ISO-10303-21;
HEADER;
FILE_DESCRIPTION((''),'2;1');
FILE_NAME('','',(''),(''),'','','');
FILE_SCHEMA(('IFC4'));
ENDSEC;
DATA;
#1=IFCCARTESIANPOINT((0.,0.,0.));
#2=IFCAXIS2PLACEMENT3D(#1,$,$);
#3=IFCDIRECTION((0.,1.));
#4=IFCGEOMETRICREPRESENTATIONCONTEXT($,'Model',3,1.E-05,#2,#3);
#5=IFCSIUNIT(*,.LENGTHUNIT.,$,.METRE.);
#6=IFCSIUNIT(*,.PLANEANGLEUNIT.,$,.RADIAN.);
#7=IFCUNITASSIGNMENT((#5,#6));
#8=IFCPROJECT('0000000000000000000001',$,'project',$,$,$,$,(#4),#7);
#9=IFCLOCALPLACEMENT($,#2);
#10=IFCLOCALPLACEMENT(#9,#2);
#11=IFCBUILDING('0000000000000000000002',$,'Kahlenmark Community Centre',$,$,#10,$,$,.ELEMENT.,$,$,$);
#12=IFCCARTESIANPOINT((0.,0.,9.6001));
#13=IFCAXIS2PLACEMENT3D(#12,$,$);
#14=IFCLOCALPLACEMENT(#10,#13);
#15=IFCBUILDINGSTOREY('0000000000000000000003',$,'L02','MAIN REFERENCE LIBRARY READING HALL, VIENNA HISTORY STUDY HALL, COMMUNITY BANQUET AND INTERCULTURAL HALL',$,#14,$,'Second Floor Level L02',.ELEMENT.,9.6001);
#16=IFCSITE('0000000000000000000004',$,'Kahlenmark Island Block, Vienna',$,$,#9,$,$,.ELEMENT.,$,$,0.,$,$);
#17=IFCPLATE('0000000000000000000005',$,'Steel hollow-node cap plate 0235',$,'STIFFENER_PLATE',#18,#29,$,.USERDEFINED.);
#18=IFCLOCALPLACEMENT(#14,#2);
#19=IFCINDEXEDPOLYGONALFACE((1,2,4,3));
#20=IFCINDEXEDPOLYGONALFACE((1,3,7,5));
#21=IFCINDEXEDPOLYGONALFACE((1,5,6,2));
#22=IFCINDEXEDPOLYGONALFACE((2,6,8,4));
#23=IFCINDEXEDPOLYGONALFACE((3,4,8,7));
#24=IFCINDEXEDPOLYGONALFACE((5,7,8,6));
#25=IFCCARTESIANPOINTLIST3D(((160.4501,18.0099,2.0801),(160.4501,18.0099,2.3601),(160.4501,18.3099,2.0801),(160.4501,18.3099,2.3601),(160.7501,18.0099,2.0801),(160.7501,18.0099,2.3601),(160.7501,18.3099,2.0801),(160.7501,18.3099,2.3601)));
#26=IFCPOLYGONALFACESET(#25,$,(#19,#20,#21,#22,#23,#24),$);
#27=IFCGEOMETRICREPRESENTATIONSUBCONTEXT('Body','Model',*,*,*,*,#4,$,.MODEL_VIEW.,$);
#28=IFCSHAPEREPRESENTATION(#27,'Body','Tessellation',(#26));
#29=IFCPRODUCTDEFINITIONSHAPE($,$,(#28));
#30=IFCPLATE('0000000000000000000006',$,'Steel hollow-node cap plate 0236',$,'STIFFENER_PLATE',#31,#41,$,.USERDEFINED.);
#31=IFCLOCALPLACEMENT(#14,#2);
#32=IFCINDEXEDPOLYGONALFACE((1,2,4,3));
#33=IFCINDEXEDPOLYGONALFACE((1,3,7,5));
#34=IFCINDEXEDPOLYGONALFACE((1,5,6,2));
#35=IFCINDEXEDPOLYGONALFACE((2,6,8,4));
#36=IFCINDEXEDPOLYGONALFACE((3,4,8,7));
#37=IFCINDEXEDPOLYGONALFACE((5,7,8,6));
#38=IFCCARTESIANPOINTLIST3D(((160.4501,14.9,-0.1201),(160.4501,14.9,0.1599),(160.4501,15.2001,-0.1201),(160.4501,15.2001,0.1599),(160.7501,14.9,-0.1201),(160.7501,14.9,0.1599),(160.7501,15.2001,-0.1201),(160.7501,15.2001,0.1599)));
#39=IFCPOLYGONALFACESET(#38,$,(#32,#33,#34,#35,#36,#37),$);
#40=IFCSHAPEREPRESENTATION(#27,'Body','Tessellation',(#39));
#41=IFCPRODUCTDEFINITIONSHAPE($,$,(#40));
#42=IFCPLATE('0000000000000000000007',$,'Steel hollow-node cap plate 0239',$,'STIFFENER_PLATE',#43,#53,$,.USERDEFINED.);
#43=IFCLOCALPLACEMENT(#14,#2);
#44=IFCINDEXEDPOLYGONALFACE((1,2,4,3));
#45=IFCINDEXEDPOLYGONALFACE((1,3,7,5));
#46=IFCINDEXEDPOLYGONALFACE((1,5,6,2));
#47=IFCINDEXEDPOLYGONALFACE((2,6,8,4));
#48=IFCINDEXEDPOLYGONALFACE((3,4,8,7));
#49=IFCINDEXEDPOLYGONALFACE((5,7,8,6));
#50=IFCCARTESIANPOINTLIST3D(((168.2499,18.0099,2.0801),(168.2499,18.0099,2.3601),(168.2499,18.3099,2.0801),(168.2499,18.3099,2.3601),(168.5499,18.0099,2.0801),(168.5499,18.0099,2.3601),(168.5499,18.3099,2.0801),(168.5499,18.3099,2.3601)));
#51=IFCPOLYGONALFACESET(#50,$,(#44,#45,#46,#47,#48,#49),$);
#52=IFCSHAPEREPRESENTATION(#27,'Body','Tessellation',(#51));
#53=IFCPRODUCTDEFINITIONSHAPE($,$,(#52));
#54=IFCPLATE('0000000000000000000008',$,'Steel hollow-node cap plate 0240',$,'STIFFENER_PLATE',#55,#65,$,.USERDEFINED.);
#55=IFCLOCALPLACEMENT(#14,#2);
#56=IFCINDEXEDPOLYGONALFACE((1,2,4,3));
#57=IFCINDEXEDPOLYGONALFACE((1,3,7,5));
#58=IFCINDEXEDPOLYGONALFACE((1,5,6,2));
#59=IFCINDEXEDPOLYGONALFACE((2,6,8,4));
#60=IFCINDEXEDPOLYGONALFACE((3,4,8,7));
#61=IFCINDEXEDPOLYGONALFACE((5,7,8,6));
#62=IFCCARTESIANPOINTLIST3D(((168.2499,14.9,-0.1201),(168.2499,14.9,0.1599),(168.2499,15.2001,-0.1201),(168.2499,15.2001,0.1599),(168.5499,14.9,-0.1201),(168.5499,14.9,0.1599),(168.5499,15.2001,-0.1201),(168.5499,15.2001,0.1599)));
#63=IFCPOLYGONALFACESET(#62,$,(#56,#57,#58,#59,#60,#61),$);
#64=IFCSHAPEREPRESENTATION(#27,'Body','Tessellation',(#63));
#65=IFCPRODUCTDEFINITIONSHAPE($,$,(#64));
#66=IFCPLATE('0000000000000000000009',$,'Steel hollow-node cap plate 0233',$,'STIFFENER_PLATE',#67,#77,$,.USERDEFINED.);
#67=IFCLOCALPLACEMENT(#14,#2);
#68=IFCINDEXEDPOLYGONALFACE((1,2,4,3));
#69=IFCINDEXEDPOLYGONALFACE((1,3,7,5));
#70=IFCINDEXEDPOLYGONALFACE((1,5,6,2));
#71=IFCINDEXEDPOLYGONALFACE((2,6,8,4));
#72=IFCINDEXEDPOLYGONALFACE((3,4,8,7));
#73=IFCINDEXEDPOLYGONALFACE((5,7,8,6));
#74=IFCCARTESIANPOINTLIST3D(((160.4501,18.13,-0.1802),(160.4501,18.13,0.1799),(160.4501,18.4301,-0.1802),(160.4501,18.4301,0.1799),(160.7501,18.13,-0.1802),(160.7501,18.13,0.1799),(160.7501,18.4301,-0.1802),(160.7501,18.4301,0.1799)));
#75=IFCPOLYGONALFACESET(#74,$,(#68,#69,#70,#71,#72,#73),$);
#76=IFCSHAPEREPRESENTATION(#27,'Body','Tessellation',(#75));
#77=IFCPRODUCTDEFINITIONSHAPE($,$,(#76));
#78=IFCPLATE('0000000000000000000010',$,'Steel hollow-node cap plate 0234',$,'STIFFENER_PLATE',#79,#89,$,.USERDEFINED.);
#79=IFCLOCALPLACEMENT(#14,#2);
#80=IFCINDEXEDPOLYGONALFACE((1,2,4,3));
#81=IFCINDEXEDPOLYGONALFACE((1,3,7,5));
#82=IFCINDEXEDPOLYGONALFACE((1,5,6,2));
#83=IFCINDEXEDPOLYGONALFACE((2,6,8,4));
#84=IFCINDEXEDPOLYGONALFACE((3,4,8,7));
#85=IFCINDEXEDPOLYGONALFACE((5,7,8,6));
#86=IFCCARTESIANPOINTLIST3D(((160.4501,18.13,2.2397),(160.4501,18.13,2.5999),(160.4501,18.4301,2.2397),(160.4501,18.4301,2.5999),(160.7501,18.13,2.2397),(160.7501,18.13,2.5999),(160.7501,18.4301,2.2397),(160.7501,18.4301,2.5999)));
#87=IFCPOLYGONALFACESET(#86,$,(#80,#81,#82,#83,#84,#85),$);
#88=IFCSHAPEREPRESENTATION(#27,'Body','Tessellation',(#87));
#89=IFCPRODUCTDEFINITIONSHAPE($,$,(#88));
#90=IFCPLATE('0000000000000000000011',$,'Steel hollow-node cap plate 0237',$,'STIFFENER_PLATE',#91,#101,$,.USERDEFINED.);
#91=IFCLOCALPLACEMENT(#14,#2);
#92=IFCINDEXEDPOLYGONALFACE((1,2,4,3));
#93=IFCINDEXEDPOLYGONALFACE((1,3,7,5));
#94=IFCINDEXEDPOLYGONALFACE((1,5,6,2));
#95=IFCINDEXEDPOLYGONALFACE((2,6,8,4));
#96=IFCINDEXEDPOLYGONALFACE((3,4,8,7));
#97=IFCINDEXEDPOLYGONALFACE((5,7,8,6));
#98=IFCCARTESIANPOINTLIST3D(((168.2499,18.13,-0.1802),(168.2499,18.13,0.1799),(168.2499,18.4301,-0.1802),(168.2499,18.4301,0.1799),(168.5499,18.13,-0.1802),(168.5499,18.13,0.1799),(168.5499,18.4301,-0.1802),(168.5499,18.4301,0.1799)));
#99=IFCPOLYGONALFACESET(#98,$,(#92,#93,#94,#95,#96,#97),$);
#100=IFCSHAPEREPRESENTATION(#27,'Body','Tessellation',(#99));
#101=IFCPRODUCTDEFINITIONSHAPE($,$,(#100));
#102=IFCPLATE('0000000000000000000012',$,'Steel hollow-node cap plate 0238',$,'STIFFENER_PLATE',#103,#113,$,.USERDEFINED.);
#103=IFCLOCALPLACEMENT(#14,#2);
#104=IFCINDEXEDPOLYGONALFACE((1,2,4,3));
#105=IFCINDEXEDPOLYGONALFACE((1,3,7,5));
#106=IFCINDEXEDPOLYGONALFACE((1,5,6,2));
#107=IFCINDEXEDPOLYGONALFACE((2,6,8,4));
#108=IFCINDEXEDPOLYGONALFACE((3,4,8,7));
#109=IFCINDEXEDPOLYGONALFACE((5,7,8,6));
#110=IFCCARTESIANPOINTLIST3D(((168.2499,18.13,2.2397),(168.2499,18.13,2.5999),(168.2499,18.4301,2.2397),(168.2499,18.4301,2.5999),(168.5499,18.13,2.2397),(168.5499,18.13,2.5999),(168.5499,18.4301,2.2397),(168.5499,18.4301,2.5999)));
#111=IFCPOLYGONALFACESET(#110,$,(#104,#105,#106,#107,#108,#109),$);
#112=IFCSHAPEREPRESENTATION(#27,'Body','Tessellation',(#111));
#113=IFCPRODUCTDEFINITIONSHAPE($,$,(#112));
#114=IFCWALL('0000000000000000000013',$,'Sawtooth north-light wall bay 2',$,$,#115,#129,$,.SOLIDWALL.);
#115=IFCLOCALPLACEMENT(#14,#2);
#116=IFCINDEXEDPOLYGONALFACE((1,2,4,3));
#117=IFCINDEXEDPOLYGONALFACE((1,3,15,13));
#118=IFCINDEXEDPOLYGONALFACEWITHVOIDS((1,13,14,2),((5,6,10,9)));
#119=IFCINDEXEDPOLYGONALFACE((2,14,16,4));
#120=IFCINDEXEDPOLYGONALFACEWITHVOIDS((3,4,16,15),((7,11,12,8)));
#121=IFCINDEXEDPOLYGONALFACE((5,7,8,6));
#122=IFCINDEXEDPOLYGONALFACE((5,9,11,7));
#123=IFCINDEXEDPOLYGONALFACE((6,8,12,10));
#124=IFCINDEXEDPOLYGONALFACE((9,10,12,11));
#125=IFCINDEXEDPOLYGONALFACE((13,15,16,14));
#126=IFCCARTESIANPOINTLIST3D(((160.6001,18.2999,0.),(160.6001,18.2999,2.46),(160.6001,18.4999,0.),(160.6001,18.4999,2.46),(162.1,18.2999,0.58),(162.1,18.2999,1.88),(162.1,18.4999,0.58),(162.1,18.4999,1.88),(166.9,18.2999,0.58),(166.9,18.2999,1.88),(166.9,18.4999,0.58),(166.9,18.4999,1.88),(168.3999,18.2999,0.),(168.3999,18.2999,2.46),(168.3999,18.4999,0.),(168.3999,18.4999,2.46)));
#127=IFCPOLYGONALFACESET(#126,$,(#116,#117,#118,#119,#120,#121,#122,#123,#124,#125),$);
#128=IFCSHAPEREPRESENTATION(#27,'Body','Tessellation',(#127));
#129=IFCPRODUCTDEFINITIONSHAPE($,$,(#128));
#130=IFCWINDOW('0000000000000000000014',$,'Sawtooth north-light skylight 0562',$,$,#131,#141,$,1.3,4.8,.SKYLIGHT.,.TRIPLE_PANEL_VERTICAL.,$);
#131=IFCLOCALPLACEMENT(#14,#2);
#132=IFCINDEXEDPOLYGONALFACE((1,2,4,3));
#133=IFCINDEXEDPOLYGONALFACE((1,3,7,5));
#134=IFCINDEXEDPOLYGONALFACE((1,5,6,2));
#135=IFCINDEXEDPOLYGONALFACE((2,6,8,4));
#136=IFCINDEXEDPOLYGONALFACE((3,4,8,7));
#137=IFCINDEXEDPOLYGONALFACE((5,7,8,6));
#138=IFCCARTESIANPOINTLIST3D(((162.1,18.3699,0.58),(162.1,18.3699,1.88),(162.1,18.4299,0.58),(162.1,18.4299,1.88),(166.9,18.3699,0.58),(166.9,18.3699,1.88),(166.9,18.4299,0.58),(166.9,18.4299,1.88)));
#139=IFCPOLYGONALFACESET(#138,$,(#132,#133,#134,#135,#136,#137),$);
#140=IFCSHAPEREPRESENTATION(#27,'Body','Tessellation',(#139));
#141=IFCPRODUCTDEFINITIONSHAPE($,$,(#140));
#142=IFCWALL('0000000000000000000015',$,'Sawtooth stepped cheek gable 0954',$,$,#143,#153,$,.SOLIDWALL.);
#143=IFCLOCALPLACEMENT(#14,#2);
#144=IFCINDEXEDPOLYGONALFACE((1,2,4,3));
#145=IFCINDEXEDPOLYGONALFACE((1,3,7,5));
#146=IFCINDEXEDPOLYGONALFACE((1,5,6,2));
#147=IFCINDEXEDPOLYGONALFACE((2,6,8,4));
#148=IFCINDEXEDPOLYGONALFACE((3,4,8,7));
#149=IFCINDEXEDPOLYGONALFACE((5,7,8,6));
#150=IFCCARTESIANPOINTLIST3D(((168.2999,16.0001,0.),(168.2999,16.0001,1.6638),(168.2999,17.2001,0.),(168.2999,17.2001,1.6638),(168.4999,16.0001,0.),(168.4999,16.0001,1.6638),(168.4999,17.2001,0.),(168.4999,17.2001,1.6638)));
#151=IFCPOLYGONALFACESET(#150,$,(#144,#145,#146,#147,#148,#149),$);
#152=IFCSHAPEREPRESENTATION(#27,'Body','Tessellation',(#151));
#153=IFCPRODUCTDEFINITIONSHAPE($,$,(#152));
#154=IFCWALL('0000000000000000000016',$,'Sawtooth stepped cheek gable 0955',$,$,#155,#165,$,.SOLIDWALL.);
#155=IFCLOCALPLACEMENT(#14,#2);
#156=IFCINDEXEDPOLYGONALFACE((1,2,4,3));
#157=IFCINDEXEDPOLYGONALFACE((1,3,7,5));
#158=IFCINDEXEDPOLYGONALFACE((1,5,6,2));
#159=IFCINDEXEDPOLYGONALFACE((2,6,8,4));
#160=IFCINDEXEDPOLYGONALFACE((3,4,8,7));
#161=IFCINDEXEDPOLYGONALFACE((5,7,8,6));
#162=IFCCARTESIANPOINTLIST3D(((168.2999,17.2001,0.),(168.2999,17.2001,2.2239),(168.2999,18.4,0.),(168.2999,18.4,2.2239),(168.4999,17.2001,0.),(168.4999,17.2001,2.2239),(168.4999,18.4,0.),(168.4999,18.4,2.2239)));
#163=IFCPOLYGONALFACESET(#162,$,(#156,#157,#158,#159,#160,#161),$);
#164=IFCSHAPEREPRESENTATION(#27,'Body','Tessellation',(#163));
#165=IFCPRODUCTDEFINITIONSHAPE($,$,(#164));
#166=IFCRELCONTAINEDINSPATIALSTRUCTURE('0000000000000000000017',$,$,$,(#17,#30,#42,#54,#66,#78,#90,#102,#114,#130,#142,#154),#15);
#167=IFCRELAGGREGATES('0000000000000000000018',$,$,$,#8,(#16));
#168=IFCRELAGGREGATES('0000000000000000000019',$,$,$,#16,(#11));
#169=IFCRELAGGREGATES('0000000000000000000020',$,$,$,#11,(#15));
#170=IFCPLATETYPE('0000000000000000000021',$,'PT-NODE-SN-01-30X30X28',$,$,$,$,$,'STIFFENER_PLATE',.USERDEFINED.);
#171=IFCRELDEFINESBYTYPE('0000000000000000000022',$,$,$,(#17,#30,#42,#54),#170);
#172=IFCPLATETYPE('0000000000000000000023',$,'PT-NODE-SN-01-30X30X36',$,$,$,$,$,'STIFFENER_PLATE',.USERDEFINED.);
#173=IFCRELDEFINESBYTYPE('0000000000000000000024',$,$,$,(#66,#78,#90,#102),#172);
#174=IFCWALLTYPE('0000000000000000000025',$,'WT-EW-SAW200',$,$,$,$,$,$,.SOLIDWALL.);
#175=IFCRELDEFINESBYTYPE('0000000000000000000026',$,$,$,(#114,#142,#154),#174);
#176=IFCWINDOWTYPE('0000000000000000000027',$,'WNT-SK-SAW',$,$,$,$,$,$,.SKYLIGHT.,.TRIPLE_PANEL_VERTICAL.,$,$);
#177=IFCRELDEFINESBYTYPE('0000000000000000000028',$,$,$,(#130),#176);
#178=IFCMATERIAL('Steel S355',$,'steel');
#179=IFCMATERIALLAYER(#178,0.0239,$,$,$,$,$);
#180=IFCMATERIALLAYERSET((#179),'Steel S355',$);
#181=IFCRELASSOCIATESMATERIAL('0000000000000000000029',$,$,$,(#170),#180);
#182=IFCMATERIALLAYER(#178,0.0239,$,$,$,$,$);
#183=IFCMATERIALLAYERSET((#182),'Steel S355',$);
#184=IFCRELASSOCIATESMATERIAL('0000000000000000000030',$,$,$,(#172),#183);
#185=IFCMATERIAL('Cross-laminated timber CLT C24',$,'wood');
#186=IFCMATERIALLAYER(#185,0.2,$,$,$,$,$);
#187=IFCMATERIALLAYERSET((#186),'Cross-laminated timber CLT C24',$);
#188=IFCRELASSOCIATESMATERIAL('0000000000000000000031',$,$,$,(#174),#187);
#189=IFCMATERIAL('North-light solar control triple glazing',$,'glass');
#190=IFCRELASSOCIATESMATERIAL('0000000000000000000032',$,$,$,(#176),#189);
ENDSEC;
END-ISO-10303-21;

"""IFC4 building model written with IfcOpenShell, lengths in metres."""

from ifc_helpers import new_model, si_unit, direction, frame, frame_2d, origin, origin_2d, place, context, subcontext, project, spatial, rectangle, extrude, material, layer, layer_set, type_object, element, fill, save


model = new_model("IFC4")

# Units and contexts
model_context = context("Model", 3, precision=1e-05, world=origin(), true_north=direction((0.0, 1.0)))
body_context = subcontext(model_context, "Body", "Model", "MODEL_VIEW")
ifc_project = project(units=[si_unit("LENGTHUNIT", "METRE"), si_unit("PLANEANGLEUNIT", "RADIAN")], contexts=[model_context])

# Site, building, storey
site_placement = place(None, origin())
site = spatial("IfcSite", under=ifc_project, at=site_placement, Name="Kahlenmark Island Block, Vienna", CompositionType="ELEMENT", RefElevation=0.0)
building_placement = place(site_placement, origin())
building = spatial("IfcBuilding", under=site, at=building_placement, Name="Kahlenmark Community Centre", CompositionType="ELEMENT")
storey_placement = place(building_placement, frame((0.0, 0.0, 9.6001)))
storey = spatial("IfcBuildingStorey", under=building, at=storey_placement, Name="L02", Description="MAIN REFERENCE LIBRARY READING HALL, VIENNA HISTORY STUDY HALL, COMMUNITY BANQUET AND INTERCULTURAL HALL", LongName="Second Floor Level L02", CompositionType="ELEMENT", Elevation=9.6001)

# Shared definitions
ifc_material_1 = material(Name="Steel S355", Category="steel")

# Plates
ifc_layer_1 = layer(ifc_material_1, 0.0239)
ifc_layer_set_1 = layer_set([ifc_layer_1], Name="Steel S355")
plate_type_1 = type_object("IfcPlateType", Name="PT-NODE-SN-01-30X30X28", ElementType="STIFFENER_PLATE", PredefinedType="USERDEFINED", material=ifc_layer_set_1)
for number, where, z_axis, x_axis, name in (
    (1, (160.6001, 18.1599, 2.0801), (0.0, 0.0, 1.0), (1.0, 0.0, 0.0), "Steel hollow-node cap plate 0235"),
    (2, (160.6001, 15.05, -0.1201), (0.0, 0.0, 1.0), (1.0, 0.0, 0.0), "Steel hollow-node cap plate 0236"),
    (3, (168.3999, 18.1599, 2.0801), (0.0, 0.0, 1.0), (1.0, 0.0, 0.0), "Steel hollow-node cap plate 0239"),
    (4, (168.3999, 15.05, -0.1201), (0.0, 0.0, 1.0), (1.0, 0.0, 0.0), "Steel hollow-node cap plate 0240"),
):
    element("IfcPlate", number, at=place(storey_placement, frame(where, z_axis=z_axis, x_axis=x_axis)), inside=storey, type_object=plate_type_1, Name=name, ObjectType="STIFFENER_PLATE", PredefinedType="USERDEFINED", context=body_context, shape_type="SweptSolid", body=[
        extrude(rectangle(XDim=0.3, YDim=0.3, at=origin_2d()), origin(), (0.0, 0.0, 1.0), 0.28),
    ])
ifc_layer_2 = layer(ifc_material_1, 0.0239)
ifc_layer_set_2 = layer_set([ifc_layer_2], Name="Steel S355")
plate_type_2 = type_object("IfcPlateType", Name="PT-NODE-SN-01-30X30X36", ElementType="STIFFENER_PLATE", PredefinedType="USERDEFINED", material=ifc_layer_set_2)
for number, where, z_axis, x_axis, name in (
    (5, (160.6001, 18.28, -0.1802), (0.0, 0.0, 1.0), (1.0, 0.0, 0.0), "Steel hollow-node cap plate 0233"),
    (6, (160.6001, 18.28, 2.2397), (0.0, 0.0, 1.0), (1.0, 0.0, 0.0), "Steel hollow-node cap plate 0234"),
    (7, (168.3999, 18.28, -0.1802), (0.0, 0.0, 1.0), (1.0, 0.0, 0.0), "Steel hollow-node cap plate 0237"),
    (8, (168.3999, 18.28, 2.2397), (0.0, 0.0, 1.0), (1.0, 0.0, 0.0), "Steel hollow-node cap plate 0238"),
):
    element("IfcPlate", number, at=place(storey_placement, frame(where, z_axis=z_axis, x_axis=x_axis)), inside=storey, type_object=plate_type_2, Name=name, ObjectType="STIFFENER_PLATE", PredefinedType="USERDEFINED", context=body_context, shape_type="SweptSolid", body=[
        extrude(rectangle(XDim=0.3, YDim=0.3, at=origin_2d()), origin(), (0.0, 0.0, 1.0), 0.3601),
    ])

# Wall, opening, window
ifc_material_2 = material(Name="Cross-laminated timber CLT C24", Category="wood")
ifc_layer_3 = layer(ifc_material_2, 0.2)
ifc_layer_set_3 = layer_set([ifc_layer_3], Name="Cross-laminated timber CLT C24")
wall_type = type_object("IfcWallType", Name="WT-EW-SAW200", PredefinedType="SOLIDWALL", material=ifc_layer_set_3)
wall_1_placement = place(storey_placement, frame((160.6001, 18.3999, 0.0), z_axis=(0.0, 0.0, 1.0), x_axis=(1.0, 0.0, 0.0)))
wall_1 = element("IfcWall", 9, at=wall_1_placement, inside=storey, type_object=wall_type, Name="Sawtooth north-light wall bay 2", PredefinedType="SOLIDWALL", context=body_context, shape_type="SweptSolid", body=[
    extrude(rectangle(XDim=7.7998, YDim=0.2, at=frame_2d((3.8999, 0.0))), origin(), (0.0, 0.0, 1.0), 2.46),
])
opening_placement = place(wall_1_placement, frame((1.5, 0.0, 0.5801)))
opening = element("IfcOpeningElement", 10, at=opening_placement, cuts=wall_1, PredefinedType="OPENING", context=body_context, shape_type="SweptSolid", body=[
    extrude(rectangle(XDim=4.8, YDim=1.3, at=frame_2d((2.3999, 0.6499))), frame((0.0, 0.1099, 0.0), z_axis=(0.0, -1.0, 0.0), x_axis=(1.0, 0.0, 0.0)), (0.0, 0.0, 1.0), 0.22),
])
ifc_material_3 = material(Name="North-light solar control triple glazing", Category="glass")
window_type = type_object("IfcWindowType", Name="WNT-SK-SAW", PartitioningType="TRIPLE_PANEL_VERTICAL", PredefinedType="SKYLIGHT", material=ifc_material_3)
window_placement = place(opening_placement, origin())
window = element("IfcWindow", 11, at=window_placement, inside=storey, type_object=window_type, Name="Sawtooth north-light skylight 0562", OverallHeight=1.3, OverallWidth=4.8, PartitioningType="TRIPLE_PANEL_VERTICAL", PredefinedType="SKYLIGHT", context=body_context, shape_type="SweptSolid", body=[
    extrude(rectangle(XDim=4.8, YDim=1.3, at=frame_2d((2.3999, 0.6499))), frame((0.0, 0.03, 0.0), z_axis=(0.0, -1.0, 0.0), x_axis=(1.0, 0.0, 0.0)), (0.0, 0.0, 1.0), 0.0601),
])
fill(opening, window)

# Walls
wall_2_placement = place(storey_placement, frame((168.3999, 16.0, 0.0), z_axis=(0.0, 0.0, 1.0), x_axis=(0.0, 1.0, 0.0)))
element("IfcWall", 12, at=wall_2_placement, inside=storey, type_object=wall_type, Name="Sawtooth stepped cheek gable 0954", PredefinedType="SOLIDWALL", context=body_context, shape_type="SweptSolid", body=[
    extrude(rectangle(XDim=1.2, YDim=0.2, at=frame_2d((0.6001, 0.0))), origin(), (0.0, 0.0, 1.0), 1.6638),
])
wall_3_placement = place(storey_placement, frame((168.3999, 17.2, 0.0), z_axis=(0.0, 0.0, 1.0), x_axis=(0.0, 1.0, 0.0)))
element("IfcWall", 13, at=wall_3_placement, inside=storey, type_object=wall_type, Name="Sawtooth stepped cheek gable 0955", PredefinedType="SOLIDWALL", context=body_context, shape_type="SweptSolid", body=[
    extrude(rectangle(XDim=1.2, YDim=0.2, at=frame_2d((0.6001, 0.0))), origin(), (0.0, 0.0, 1.0), 2.2239),
])

save(model, "model.ifc")
